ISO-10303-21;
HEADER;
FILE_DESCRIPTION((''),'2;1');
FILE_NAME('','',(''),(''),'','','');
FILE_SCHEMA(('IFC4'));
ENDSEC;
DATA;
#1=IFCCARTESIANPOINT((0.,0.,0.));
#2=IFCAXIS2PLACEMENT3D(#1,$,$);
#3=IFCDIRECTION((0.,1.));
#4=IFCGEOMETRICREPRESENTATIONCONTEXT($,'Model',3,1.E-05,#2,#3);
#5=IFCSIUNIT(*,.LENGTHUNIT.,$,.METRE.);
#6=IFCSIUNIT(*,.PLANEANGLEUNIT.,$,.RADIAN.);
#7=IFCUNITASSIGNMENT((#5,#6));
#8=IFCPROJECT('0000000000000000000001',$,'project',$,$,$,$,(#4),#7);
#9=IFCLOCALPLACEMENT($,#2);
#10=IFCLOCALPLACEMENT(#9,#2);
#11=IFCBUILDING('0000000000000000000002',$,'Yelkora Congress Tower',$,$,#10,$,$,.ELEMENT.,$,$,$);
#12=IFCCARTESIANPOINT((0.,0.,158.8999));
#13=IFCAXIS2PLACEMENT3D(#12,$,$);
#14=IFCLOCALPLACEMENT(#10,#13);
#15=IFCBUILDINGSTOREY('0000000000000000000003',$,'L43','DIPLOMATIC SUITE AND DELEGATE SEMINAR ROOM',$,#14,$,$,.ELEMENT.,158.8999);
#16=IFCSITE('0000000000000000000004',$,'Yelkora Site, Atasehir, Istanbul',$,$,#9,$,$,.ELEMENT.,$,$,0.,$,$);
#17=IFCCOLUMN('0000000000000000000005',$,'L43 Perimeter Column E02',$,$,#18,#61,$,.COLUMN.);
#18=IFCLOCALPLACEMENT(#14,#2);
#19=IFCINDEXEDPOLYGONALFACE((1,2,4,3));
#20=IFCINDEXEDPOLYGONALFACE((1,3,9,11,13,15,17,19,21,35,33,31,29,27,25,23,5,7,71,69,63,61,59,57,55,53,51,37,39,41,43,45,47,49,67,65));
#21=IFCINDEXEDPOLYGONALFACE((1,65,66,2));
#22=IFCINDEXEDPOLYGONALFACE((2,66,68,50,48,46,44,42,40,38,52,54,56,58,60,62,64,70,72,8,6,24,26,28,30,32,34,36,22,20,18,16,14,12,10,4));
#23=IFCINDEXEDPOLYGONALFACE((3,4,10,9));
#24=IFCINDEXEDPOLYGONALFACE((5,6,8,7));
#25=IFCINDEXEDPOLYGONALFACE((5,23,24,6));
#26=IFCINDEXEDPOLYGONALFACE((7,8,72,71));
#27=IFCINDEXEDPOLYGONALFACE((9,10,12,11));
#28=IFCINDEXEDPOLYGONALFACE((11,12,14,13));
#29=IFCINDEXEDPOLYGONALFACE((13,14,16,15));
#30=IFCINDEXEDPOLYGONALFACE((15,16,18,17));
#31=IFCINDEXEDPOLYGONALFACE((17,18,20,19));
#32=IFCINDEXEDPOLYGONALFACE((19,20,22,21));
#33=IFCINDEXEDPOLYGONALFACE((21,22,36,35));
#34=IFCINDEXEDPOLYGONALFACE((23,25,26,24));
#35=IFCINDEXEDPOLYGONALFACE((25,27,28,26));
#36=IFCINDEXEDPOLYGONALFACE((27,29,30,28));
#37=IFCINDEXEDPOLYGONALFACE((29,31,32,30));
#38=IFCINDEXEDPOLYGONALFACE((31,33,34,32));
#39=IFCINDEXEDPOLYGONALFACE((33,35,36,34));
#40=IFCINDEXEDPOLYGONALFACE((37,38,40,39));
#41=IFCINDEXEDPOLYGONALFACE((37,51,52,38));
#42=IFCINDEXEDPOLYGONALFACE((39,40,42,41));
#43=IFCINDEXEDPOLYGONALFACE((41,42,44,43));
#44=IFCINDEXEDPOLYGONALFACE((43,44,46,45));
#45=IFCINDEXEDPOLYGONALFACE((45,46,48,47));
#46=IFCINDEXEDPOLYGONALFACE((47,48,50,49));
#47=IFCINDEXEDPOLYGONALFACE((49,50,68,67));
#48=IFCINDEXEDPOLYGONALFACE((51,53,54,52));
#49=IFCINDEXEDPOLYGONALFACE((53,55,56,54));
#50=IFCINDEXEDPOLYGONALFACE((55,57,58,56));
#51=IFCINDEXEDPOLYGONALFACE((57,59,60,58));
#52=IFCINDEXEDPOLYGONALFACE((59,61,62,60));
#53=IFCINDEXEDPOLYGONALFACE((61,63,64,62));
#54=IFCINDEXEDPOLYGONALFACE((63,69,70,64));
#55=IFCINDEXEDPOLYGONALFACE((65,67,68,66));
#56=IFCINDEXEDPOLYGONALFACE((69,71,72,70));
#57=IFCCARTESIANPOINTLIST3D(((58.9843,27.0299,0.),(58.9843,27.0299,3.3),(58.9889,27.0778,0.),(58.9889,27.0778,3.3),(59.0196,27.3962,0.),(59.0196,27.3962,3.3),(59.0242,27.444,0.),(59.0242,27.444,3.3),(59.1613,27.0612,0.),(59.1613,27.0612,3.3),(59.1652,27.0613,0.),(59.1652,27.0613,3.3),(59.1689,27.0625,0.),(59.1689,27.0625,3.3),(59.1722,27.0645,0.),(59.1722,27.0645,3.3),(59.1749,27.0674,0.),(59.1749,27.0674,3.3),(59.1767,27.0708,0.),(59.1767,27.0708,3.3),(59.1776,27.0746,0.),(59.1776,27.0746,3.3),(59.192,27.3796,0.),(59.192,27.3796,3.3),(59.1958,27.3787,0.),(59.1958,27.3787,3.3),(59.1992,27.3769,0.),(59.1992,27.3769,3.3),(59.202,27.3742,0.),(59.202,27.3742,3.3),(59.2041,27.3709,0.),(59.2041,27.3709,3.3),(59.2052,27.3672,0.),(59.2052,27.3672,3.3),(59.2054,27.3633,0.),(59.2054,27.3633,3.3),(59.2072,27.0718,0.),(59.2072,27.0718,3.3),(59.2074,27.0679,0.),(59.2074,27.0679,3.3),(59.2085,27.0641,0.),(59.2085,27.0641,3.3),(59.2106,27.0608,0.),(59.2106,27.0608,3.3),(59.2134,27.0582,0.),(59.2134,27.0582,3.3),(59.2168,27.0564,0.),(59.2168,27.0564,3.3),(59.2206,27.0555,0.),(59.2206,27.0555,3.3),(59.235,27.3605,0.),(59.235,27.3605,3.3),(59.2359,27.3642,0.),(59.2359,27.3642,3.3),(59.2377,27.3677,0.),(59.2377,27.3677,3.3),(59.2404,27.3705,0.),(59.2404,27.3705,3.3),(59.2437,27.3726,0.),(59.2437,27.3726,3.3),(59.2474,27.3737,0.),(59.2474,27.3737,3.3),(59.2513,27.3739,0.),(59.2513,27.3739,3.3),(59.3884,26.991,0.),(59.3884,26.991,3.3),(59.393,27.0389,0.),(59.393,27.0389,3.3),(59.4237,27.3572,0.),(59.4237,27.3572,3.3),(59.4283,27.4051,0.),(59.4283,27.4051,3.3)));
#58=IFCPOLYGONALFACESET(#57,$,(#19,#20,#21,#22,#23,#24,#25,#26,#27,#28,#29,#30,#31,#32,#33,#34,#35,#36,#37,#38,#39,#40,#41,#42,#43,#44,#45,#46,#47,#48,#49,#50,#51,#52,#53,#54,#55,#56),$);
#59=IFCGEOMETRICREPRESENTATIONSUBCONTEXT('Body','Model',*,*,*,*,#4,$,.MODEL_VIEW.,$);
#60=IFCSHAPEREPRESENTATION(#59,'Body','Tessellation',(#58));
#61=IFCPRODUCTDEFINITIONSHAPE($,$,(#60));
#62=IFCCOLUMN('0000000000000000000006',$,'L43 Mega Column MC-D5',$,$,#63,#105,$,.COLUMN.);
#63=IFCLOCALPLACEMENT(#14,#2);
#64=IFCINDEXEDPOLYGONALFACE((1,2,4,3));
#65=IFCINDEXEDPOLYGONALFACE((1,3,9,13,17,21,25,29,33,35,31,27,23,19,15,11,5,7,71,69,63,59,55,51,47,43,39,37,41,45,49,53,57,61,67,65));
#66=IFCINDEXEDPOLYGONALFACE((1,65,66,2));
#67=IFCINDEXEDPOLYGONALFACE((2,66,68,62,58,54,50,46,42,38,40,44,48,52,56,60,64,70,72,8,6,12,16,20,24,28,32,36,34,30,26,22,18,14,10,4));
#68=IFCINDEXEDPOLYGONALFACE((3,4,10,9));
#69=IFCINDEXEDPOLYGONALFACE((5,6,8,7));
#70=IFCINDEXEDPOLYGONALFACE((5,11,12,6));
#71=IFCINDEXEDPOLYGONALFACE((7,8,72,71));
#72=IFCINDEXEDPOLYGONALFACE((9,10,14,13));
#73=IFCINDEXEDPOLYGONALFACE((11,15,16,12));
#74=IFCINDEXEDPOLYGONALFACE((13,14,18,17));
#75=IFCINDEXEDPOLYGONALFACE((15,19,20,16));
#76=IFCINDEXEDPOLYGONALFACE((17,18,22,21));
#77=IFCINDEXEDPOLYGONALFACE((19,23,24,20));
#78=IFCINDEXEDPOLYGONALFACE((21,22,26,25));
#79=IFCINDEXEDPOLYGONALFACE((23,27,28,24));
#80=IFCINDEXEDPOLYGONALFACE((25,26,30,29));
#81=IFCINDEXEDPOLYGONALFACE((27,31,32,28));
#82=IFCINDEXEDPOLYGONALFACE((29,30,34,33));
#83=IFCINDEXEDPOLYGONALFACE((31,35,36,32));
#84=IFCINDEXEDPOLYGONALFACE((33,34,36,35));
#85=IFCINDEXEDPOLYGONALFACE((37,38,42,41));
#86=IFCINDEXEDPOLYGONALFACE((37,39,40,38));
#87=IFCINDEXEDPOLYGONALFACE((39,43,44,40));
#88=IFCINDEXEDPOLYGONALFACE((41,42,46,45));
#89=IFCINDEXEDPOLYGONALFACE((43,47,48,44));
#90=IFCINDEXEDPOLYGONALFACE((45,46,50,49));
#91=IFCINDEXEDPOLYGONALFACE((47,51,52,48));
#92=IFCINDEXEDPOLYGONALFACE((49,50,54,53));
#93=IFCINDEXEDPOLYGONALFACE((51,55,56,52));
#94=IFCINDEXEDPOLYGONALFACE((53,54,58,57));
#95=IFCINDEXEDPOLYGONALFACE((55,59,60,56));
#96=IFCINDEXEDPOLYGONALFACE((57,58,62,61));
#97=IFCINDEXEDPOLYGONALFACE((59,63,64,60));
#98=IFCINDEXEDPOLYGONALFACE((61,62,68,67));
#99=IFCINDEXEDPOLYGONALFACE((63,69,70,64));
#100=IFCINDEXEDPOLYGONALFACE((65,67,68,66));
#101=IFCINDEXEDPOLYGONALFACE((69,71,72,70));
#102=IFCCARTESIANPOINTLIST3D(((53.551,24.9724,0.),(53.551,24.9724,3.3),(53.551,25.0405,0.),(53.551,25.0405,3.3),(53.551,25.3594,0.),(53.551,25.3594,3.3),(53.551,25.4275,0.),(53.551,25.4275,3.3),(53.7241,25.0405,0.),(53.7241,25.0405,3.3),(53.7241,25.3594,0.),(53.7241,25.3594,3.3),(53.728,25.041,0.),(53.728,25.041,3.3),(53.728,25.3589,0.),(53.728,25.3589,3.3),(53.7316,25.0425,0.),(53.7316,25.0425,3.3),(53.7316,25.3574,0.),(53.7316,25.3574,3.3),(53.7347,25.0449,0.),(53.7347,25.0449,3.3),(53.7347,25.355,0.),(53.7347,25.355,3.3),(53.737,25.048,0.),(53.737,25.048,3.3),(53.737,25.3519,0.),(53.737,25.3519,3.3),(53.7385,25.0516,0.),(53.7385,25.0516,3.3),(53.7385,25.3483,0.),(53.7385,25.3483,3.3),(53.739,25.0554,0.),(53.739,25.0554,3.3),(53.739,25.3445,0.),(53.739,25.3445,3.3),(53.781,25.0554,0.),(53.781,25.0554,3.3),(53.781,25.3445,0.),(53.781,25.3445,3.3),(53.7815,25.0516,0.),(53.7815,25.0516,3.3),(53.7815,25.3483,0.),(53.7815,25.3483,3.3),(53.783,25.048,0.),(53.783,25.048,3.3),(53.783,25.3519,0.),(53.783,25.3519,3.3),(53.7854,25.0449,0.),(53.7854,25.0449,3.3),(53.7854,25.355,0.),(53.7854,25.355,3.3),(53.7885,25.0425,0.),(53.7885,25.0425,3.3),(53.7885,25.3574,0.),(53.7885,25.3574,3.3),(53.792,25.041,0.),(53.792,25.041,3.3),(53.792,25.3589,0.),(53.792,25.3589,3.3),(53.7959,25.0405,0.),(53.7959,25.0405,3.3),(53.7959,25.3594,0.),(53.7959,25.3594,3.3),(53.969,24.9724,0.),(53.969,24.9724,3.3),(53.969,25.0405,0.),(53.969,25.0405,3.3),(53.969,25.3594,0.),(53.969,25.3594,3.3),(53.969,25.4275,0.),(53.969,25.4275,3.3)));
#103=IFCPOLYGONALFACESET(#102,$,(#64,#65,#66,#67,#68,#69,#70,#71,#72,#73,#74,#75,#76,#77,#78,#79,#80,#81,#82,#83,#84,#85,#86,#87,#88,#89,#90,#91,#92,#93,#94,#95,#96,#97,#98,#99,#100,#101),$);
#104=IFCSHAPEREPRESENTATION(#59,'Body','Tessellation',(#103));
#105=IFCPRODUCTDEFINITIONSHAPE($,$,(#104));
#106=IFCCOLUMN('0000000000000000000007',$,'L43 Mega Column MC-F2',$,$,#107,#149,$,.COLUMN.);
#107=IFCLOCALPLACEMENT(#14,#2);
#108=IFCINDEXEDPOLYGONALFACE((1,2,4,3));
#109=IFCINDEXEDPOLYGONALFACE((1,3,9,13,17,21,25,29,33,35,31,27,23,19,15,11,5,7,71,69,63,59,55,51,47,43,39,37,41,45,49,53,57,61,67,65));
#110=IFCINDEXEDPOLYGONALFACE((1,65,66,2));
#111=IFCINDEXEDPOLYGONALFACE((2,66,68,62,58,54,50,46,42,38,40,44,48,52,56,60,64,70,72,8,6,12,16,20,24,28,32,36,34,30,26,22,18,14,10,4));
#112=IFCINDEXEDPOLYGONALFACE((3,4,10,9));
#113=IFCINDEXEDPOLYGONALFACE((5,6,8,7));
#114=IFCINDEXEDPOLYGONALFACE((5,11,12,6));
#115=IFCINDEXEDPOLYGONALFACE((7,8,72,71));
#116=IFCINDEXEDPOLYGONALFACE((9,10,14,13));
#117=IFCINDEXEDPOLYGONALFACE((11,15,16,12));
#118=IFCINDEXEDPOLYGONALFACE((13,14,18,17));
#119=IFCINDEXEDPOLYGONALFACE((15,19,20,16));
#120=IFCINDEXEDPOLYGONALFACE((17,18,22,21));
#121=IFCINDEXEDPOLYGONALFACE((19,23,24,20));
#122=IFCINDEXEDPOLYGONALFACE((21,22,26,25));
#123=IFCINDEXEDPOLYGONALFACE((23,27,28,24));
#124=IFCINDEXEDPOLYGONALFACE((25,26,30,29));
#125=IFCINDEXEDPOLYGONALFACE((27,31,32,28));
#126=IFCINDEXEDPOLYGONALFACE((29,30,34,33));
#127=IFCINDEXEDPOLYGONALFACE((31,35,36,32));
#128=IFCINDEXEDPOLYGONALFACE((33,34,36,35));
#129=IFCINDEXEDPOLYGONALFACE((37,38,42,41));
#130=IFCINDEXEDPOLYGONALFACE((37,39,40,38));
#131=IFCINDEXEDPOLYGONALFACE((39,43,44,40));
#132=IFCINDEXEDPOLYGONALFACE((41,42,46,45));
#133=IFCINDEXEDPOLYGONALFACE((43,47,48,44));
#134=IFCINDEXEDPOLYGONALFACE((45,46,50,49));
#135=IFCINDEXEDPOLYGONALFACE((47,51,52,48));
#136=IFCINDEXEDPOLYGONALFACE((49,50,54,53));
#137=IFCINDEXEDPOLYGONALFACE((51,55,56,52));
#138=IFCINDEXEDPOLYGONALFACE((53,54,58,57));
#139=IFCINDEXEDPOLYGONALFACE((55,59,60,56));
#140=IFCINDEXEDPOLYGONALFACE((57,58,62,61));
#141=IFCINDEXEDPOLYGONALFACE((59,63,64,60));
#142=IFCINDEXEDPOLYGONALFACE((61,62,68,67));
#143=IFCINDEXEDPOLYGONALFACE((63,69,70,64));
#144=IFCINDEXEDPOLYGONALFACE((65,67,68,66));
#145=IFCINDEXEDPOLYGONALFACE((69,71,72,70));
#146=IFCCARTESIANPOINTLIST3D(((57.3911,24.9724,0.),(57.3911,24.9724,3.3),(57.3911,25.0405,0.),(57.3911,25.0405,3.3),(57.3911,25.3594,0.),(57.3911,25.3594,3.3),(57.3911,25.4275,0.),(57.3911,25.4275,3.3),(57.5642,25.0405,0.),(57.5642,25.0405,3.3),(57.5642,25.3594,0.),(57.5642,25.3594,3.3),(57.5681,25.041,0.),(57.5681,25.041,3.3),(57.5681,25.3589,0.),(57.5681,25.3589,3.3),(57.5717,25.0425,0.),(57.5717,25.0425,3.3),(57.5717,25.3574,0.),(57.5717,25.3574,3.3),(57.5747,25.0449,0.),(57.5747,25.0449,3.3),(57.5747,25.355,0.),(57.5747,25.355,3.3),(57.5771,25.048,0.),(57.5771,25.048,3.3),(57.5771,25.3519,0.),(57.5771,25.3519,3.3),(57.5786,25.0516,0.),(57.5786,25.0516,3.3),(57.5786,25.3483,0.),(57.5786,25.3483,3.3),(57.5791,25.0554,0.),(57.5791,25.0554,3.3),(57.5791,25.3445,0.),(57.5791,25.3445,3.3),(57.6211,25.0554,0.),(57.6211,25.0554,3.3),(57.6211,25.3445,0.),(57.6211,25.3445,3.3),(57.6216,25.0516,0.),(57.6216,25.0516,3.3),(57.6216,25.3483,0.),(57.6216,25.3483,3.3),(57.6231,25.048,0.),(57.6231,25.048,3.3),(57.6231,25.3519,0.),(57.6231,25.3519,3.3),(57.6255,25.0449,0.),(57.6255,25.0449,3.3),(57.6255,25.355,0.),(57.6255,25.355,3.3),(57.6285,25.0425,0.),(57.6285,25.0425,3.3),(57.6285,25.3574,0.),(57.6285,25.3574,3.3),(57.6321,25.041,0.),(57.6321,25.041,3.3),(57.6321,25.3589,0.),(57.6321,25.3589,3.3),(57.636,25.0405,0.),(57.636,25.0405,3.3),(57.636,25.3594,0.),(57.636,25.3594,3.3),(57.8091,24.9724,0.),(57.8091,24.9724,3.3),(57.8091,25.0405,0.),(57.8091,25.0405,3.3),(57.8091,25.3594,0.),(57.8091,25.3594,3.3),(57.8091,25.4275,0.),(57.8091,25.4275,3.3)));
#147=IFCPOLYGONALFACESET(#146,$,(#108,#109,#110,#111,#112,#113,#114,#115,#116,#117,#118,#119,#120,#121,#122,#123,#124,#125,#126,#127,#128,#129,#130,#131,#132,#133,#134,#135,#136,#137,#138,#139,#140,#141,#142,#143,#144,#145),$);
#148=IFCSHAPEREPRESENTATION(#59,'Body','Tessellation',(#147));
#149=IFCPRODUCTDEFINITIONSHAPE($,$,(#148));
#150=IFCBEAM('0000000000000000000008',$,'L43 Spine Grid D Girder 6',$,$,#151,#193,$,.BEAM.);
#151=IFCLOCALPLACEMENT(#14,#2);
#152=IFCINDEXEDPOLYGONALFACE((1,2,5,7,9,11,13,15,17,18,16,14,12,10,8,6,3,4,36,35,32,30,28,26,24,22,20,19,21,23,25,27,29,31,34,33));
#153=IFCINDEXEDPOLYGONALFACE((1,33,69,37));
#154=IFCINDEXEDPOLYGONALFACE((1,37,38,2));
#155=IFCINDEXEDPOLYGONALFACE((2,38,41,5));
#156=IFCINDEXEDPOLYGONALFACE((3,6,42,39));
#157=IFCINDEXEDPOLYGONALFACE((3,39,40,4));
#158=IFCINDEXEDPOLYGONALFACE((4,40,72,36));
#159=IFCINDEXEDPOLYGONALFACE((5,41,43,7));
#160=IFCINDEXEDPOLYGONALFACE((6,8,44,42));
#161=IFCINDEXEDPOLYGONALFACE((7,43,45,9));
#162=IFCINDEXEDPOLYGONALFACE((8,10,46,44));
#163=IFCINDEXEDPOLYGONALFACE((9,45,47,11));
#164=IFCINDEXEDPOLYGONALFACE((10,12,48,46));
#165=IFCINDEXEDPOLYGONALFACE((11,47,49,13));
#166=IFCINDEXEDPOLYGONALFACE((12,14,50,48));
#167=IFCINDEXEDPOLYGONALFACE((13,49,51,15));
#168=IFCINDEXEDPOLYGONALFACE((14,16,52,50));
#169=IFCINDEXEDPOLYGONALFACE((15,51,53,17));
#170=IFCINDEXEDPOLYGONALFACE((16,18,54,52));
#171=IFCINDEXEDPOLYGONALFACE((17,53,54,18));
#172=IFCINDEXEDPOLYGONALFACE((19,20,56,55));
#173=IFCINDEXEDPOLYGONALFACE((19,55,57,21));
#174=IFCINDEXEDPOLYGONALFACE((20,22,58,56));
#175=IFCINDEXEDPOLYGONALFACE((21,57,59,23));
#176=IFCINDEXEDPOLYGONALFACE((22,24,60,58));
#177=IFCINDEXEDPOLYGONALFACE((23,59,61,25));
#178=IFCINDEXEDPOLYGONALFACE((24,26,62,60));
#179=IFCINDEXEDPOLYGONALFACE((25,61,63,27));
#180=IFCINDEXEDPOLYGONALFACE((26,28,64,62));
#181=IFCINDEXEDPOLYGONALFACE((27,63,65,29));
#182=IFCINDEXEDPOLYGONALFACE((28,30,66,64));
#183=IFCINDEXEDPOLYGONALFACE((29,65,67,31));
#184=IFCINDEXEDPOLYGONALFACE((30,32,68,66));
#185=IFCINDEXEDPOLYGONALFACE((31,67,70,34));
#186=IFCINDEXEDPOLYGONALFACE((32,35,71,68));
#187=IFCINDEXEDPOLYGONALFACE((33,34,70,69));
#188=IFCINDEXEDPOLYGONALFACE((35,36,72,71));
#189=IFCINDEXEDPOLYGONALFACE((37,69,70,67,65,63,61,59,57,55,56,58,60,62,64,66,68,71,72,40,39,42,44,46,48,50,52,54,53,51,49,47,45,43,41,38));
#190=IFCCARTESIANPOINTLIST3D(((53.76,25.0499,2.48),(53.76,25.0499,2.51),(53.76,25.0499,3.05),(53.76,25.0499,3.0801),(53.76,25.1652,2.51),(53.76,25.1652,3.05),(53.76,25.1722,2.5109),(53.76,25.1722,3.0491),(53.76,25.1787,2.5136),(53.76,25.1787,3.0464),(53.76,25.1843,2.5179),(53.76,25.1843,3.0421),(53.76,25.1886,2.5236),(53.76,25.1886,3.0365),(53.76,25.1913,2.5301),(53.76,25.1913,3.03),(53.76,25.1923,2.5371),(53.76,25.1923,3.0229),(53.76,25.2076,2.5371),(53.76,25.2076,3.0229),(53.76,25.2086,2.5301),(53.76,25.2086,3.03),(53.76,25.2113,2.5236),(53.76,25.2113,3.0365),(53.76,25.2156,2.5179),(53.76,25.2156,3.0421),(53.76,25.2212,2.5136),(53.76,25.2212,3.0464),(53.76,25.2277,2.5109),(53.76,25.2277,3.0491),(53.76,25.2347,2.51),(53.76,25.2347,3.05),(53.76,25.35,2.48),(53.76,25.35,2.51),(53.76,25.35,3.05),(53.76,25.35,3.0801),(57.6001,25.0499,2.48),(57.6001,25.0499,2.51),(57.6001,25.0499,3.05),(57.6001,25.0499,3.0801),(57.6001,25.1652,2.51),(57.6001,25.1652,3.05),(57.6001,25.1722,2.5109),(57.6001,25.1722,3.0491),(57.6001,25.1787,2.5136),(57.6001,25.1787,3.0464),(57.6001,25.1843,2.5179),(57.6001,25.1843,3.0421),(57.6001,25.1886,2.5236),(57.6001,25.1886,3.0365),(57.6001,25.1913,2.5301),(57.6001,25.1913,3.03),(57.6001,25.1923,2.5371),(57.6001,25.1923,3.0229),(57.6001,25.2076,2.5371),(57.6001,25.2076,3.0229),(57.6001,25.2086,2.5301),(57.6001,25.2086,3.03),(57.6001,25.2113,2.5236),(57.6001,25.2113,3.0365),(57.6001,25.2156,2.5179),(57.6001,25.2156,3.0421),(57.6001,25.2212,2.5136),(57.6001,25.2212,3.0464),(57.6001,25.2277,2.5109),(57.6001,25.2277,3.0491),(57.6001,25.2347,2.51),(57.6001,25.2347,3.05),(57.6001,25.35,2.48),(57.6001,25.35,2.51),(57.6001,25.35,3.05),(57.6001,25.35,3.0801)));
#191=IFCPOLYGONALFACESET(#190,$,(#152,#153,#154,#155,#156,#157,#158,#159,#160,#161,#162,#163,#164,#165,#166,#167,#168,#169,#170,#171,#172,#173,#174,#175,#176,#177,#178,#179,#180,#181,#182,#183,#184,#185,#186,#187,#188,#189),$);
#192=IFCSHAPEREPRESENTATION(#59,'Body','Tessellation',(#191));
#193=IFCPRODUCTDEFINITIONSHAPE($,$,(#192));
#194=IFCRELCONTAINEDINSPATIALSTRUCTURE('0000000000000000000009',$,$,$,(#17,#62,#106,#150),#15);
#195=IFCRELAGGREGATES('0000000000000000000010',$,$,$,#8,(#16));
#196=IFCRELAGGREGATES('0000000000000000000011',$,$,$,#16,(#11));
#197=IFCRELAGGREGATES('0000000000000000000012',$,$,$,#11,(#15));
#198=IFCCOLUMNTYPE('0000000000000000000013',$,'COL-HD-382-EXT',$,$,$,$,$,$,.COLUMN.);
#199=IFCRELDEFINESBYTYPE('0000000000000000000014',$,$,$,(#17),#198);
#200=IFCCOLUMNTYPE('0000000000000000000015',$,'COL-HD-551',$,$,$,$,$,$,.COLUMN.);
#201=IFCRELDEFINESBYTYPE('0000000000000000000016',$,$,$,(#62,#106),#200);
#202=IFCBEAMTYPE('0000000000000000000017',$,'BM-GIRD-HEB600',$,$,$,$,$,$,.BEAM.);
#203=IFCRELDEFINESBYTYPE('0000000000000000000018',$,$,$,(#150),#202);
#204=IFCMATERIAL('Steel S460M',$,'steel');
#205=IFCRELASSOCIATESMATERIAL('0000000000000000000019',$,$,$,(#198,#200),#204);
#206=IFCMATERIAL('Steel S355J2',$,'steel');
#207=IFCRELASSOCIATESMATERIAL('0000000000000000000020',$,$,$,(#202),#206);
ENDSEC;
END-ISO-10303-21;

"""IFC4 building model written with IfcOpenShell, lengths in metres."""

from ifc_helpers import new_model, si_unit, direction, frame, origin, origin_2d, place, context, subcontext, project, spatial, i_section, extrude, material, material_profile, profile_set, type_object, element, save


model = new_model("IFC4")

# Units and contexts
model_context = context("Model", 3, precision=1e-05, world=origin(), true_north=direction((0.0, 1.0)))
body_context = subcontext(model_context, "Body", "Model", "MODEL_VIEW")
ifc_project = project(units=[si_unit("LENGTHUNIT", "METRE"), si_unit("PLANEANGLEUNIT", "RADIAN")], contexts=[model_context])

# Site, building, storey
site_placement = place(None, origin())
site = spatial("IfcSite", under=ifc_project, at=site_placement, Name="Yelkora Site, Atasehir, Istanbul", CompositionType="ELEMENT", RefElevation=0.0)
building_placement = place(site_placement, origin())
building = spatial("IfcBuilding", under=site, at=building_placement, Name="Yelkora Congress Tower", CompositionType="ELEMENT")
storey_placement = place(building_placement, frame((0.0, 0.0, 158.8999)))
storey = spatial("IfcBuildingStorey", under=building, at=storey_placement, Name="L43", Description="DIPLOMATIC SUITE AND DELEGATE SEMINAR ROOM", CompositionType="ELEMENT", Elevation=158.8999)

# Columns
ifc_material_1 = material(Name="Steel S460M", Category="steel")
ifc_material_profile_1 = material_profile(ifc_material_1, i_section(OverallWidth=0.406, OverallDepth=0.416, WebThickness=0.0298, FlangeThickness=0.0481, FilletRadius=0.0149, at=origin_2d()), Name="HD 400x382")
ifc_profile_set_1 = profile_set([ifc_material_profile_1], Name="Steel S460M")
column_type_1 = type_object("IfcColumnType", Name="COL-HD-382-EXT", PredefinedType="COLUMN", material=ifc_profile_set_1)
column_placement = place(storey_placement, frame((59.2063, 27.2175, 0.0), z_axis=(0.0, 0.0, 1.0), x_axis=(0.995396, -0.095846, 0.0)))
element("IfcColumn", 1, at=column_placement, inside=storey, type_object=column_type_1, Name="L43 Perimeter Column E02", PredefinedType="COLUMN", context=body_context, shape_type="SweptSolid", body=[
    extrude(i_section(OverallWidth=0.406, OverallDepth=0.416, WebThickness=0.0298, FlangeThickness=0.0481, FilletRadius=0.0149, at=origin_2d()), origin(), (0.0, 0.0, 1.0), 3.3),
])
ifc_material_profile_2 = material_profile(ifc_material_1, i_section(OverallWidth=0.418, OverallDepth=0.4551, WebThickness=0.042, FlangeThickness=0.0681, FilletRadius=0.0149, at=origin_2d()), Name="HD 400x551")
ifc_profile_set_2 = profile_set([ifc_material_profile_2], Name="Steel S460M")
column_type_2 = type_object("IfcColumnType", Name="COL-HD-551", PredefinedType="COLUMN", material=ifc_profile_set_2)
for number, where, z_axis, x_axis, name in (
    (2, (53.76, 25.2, 0.0), (0.0, 0.0, 1.0), (1.0, 0.0, 0.0), "L43 Mega Column MC-D5"),
    (3, (57.6001, 25.2, 0.0), (0.0, 0.0, 1.0), (1.0, 0.0, 0.0), "L43 Mega Column MC-F2"),
):
    element("IfcColumn", number, at=place(storey_placement, frame(where, z_axis=z_axis, x_axis=x_axis)), inside=storey, type_object=column_type_2, Name=name, PredefinedType="COLUMN", context=body_context, shape_type="SweptSolid", body=[
        extrude(i_section(OverallWidth=0.418, OverallDepth=0.4551, WebThickness=0.042, FlangeThickness=0.0681, FilletRadius=0.0149, at=origin_2d()), origin(), (0.0, 0.0, 1.0), 3.3),
    ])

# Beam
ifc_material_2 = material(Name="Steel S355J2", Category="steel")
ifc_material_profile_3 = material_profile(ifc_material_2, i_section(OverallWidth=0.3, OverallDepth=0.6001, WebThickness=0.0154, FlangeThickness=0.03, FilletRadius=0.0271, at=origin_2d()), Name="HEB 600")
ifc_profile_set_3 = profile_set([ifc_material_profile_3], Name="Steel S355J2")
beam_type_1 = type_object("IfcBeamType", Name="BM-GIRD-HEB600", PredefinedType="BEAM", material=ifc_profile_set_3)
beam_1_placement = place(storey_placement, frame((53.76, 25.2, 2.78), z_axis=(1.0, 0.0, 0.0), x_axis=(0.0, 1.0, 0.0)))
element("IfcBeam", 4, at=beam_1_placement, inside=storey, type_object=beam_type_1, Name="L43 Spine Grid D Girder 6", PredefinedType="BEAM", context=body_context, shape_type="SweptSolid", body=[
    extrude(i_section(OverallWidth=0.3, OverallDepth=0.6001, WebThickness=0.0154, FlangeThickness=0.03, FilletRadius=0.0271, at=origin_2d()), origin(), (0.0, 0.0, 1.0), 3.8401),
])

save(model, "model.ifc")
